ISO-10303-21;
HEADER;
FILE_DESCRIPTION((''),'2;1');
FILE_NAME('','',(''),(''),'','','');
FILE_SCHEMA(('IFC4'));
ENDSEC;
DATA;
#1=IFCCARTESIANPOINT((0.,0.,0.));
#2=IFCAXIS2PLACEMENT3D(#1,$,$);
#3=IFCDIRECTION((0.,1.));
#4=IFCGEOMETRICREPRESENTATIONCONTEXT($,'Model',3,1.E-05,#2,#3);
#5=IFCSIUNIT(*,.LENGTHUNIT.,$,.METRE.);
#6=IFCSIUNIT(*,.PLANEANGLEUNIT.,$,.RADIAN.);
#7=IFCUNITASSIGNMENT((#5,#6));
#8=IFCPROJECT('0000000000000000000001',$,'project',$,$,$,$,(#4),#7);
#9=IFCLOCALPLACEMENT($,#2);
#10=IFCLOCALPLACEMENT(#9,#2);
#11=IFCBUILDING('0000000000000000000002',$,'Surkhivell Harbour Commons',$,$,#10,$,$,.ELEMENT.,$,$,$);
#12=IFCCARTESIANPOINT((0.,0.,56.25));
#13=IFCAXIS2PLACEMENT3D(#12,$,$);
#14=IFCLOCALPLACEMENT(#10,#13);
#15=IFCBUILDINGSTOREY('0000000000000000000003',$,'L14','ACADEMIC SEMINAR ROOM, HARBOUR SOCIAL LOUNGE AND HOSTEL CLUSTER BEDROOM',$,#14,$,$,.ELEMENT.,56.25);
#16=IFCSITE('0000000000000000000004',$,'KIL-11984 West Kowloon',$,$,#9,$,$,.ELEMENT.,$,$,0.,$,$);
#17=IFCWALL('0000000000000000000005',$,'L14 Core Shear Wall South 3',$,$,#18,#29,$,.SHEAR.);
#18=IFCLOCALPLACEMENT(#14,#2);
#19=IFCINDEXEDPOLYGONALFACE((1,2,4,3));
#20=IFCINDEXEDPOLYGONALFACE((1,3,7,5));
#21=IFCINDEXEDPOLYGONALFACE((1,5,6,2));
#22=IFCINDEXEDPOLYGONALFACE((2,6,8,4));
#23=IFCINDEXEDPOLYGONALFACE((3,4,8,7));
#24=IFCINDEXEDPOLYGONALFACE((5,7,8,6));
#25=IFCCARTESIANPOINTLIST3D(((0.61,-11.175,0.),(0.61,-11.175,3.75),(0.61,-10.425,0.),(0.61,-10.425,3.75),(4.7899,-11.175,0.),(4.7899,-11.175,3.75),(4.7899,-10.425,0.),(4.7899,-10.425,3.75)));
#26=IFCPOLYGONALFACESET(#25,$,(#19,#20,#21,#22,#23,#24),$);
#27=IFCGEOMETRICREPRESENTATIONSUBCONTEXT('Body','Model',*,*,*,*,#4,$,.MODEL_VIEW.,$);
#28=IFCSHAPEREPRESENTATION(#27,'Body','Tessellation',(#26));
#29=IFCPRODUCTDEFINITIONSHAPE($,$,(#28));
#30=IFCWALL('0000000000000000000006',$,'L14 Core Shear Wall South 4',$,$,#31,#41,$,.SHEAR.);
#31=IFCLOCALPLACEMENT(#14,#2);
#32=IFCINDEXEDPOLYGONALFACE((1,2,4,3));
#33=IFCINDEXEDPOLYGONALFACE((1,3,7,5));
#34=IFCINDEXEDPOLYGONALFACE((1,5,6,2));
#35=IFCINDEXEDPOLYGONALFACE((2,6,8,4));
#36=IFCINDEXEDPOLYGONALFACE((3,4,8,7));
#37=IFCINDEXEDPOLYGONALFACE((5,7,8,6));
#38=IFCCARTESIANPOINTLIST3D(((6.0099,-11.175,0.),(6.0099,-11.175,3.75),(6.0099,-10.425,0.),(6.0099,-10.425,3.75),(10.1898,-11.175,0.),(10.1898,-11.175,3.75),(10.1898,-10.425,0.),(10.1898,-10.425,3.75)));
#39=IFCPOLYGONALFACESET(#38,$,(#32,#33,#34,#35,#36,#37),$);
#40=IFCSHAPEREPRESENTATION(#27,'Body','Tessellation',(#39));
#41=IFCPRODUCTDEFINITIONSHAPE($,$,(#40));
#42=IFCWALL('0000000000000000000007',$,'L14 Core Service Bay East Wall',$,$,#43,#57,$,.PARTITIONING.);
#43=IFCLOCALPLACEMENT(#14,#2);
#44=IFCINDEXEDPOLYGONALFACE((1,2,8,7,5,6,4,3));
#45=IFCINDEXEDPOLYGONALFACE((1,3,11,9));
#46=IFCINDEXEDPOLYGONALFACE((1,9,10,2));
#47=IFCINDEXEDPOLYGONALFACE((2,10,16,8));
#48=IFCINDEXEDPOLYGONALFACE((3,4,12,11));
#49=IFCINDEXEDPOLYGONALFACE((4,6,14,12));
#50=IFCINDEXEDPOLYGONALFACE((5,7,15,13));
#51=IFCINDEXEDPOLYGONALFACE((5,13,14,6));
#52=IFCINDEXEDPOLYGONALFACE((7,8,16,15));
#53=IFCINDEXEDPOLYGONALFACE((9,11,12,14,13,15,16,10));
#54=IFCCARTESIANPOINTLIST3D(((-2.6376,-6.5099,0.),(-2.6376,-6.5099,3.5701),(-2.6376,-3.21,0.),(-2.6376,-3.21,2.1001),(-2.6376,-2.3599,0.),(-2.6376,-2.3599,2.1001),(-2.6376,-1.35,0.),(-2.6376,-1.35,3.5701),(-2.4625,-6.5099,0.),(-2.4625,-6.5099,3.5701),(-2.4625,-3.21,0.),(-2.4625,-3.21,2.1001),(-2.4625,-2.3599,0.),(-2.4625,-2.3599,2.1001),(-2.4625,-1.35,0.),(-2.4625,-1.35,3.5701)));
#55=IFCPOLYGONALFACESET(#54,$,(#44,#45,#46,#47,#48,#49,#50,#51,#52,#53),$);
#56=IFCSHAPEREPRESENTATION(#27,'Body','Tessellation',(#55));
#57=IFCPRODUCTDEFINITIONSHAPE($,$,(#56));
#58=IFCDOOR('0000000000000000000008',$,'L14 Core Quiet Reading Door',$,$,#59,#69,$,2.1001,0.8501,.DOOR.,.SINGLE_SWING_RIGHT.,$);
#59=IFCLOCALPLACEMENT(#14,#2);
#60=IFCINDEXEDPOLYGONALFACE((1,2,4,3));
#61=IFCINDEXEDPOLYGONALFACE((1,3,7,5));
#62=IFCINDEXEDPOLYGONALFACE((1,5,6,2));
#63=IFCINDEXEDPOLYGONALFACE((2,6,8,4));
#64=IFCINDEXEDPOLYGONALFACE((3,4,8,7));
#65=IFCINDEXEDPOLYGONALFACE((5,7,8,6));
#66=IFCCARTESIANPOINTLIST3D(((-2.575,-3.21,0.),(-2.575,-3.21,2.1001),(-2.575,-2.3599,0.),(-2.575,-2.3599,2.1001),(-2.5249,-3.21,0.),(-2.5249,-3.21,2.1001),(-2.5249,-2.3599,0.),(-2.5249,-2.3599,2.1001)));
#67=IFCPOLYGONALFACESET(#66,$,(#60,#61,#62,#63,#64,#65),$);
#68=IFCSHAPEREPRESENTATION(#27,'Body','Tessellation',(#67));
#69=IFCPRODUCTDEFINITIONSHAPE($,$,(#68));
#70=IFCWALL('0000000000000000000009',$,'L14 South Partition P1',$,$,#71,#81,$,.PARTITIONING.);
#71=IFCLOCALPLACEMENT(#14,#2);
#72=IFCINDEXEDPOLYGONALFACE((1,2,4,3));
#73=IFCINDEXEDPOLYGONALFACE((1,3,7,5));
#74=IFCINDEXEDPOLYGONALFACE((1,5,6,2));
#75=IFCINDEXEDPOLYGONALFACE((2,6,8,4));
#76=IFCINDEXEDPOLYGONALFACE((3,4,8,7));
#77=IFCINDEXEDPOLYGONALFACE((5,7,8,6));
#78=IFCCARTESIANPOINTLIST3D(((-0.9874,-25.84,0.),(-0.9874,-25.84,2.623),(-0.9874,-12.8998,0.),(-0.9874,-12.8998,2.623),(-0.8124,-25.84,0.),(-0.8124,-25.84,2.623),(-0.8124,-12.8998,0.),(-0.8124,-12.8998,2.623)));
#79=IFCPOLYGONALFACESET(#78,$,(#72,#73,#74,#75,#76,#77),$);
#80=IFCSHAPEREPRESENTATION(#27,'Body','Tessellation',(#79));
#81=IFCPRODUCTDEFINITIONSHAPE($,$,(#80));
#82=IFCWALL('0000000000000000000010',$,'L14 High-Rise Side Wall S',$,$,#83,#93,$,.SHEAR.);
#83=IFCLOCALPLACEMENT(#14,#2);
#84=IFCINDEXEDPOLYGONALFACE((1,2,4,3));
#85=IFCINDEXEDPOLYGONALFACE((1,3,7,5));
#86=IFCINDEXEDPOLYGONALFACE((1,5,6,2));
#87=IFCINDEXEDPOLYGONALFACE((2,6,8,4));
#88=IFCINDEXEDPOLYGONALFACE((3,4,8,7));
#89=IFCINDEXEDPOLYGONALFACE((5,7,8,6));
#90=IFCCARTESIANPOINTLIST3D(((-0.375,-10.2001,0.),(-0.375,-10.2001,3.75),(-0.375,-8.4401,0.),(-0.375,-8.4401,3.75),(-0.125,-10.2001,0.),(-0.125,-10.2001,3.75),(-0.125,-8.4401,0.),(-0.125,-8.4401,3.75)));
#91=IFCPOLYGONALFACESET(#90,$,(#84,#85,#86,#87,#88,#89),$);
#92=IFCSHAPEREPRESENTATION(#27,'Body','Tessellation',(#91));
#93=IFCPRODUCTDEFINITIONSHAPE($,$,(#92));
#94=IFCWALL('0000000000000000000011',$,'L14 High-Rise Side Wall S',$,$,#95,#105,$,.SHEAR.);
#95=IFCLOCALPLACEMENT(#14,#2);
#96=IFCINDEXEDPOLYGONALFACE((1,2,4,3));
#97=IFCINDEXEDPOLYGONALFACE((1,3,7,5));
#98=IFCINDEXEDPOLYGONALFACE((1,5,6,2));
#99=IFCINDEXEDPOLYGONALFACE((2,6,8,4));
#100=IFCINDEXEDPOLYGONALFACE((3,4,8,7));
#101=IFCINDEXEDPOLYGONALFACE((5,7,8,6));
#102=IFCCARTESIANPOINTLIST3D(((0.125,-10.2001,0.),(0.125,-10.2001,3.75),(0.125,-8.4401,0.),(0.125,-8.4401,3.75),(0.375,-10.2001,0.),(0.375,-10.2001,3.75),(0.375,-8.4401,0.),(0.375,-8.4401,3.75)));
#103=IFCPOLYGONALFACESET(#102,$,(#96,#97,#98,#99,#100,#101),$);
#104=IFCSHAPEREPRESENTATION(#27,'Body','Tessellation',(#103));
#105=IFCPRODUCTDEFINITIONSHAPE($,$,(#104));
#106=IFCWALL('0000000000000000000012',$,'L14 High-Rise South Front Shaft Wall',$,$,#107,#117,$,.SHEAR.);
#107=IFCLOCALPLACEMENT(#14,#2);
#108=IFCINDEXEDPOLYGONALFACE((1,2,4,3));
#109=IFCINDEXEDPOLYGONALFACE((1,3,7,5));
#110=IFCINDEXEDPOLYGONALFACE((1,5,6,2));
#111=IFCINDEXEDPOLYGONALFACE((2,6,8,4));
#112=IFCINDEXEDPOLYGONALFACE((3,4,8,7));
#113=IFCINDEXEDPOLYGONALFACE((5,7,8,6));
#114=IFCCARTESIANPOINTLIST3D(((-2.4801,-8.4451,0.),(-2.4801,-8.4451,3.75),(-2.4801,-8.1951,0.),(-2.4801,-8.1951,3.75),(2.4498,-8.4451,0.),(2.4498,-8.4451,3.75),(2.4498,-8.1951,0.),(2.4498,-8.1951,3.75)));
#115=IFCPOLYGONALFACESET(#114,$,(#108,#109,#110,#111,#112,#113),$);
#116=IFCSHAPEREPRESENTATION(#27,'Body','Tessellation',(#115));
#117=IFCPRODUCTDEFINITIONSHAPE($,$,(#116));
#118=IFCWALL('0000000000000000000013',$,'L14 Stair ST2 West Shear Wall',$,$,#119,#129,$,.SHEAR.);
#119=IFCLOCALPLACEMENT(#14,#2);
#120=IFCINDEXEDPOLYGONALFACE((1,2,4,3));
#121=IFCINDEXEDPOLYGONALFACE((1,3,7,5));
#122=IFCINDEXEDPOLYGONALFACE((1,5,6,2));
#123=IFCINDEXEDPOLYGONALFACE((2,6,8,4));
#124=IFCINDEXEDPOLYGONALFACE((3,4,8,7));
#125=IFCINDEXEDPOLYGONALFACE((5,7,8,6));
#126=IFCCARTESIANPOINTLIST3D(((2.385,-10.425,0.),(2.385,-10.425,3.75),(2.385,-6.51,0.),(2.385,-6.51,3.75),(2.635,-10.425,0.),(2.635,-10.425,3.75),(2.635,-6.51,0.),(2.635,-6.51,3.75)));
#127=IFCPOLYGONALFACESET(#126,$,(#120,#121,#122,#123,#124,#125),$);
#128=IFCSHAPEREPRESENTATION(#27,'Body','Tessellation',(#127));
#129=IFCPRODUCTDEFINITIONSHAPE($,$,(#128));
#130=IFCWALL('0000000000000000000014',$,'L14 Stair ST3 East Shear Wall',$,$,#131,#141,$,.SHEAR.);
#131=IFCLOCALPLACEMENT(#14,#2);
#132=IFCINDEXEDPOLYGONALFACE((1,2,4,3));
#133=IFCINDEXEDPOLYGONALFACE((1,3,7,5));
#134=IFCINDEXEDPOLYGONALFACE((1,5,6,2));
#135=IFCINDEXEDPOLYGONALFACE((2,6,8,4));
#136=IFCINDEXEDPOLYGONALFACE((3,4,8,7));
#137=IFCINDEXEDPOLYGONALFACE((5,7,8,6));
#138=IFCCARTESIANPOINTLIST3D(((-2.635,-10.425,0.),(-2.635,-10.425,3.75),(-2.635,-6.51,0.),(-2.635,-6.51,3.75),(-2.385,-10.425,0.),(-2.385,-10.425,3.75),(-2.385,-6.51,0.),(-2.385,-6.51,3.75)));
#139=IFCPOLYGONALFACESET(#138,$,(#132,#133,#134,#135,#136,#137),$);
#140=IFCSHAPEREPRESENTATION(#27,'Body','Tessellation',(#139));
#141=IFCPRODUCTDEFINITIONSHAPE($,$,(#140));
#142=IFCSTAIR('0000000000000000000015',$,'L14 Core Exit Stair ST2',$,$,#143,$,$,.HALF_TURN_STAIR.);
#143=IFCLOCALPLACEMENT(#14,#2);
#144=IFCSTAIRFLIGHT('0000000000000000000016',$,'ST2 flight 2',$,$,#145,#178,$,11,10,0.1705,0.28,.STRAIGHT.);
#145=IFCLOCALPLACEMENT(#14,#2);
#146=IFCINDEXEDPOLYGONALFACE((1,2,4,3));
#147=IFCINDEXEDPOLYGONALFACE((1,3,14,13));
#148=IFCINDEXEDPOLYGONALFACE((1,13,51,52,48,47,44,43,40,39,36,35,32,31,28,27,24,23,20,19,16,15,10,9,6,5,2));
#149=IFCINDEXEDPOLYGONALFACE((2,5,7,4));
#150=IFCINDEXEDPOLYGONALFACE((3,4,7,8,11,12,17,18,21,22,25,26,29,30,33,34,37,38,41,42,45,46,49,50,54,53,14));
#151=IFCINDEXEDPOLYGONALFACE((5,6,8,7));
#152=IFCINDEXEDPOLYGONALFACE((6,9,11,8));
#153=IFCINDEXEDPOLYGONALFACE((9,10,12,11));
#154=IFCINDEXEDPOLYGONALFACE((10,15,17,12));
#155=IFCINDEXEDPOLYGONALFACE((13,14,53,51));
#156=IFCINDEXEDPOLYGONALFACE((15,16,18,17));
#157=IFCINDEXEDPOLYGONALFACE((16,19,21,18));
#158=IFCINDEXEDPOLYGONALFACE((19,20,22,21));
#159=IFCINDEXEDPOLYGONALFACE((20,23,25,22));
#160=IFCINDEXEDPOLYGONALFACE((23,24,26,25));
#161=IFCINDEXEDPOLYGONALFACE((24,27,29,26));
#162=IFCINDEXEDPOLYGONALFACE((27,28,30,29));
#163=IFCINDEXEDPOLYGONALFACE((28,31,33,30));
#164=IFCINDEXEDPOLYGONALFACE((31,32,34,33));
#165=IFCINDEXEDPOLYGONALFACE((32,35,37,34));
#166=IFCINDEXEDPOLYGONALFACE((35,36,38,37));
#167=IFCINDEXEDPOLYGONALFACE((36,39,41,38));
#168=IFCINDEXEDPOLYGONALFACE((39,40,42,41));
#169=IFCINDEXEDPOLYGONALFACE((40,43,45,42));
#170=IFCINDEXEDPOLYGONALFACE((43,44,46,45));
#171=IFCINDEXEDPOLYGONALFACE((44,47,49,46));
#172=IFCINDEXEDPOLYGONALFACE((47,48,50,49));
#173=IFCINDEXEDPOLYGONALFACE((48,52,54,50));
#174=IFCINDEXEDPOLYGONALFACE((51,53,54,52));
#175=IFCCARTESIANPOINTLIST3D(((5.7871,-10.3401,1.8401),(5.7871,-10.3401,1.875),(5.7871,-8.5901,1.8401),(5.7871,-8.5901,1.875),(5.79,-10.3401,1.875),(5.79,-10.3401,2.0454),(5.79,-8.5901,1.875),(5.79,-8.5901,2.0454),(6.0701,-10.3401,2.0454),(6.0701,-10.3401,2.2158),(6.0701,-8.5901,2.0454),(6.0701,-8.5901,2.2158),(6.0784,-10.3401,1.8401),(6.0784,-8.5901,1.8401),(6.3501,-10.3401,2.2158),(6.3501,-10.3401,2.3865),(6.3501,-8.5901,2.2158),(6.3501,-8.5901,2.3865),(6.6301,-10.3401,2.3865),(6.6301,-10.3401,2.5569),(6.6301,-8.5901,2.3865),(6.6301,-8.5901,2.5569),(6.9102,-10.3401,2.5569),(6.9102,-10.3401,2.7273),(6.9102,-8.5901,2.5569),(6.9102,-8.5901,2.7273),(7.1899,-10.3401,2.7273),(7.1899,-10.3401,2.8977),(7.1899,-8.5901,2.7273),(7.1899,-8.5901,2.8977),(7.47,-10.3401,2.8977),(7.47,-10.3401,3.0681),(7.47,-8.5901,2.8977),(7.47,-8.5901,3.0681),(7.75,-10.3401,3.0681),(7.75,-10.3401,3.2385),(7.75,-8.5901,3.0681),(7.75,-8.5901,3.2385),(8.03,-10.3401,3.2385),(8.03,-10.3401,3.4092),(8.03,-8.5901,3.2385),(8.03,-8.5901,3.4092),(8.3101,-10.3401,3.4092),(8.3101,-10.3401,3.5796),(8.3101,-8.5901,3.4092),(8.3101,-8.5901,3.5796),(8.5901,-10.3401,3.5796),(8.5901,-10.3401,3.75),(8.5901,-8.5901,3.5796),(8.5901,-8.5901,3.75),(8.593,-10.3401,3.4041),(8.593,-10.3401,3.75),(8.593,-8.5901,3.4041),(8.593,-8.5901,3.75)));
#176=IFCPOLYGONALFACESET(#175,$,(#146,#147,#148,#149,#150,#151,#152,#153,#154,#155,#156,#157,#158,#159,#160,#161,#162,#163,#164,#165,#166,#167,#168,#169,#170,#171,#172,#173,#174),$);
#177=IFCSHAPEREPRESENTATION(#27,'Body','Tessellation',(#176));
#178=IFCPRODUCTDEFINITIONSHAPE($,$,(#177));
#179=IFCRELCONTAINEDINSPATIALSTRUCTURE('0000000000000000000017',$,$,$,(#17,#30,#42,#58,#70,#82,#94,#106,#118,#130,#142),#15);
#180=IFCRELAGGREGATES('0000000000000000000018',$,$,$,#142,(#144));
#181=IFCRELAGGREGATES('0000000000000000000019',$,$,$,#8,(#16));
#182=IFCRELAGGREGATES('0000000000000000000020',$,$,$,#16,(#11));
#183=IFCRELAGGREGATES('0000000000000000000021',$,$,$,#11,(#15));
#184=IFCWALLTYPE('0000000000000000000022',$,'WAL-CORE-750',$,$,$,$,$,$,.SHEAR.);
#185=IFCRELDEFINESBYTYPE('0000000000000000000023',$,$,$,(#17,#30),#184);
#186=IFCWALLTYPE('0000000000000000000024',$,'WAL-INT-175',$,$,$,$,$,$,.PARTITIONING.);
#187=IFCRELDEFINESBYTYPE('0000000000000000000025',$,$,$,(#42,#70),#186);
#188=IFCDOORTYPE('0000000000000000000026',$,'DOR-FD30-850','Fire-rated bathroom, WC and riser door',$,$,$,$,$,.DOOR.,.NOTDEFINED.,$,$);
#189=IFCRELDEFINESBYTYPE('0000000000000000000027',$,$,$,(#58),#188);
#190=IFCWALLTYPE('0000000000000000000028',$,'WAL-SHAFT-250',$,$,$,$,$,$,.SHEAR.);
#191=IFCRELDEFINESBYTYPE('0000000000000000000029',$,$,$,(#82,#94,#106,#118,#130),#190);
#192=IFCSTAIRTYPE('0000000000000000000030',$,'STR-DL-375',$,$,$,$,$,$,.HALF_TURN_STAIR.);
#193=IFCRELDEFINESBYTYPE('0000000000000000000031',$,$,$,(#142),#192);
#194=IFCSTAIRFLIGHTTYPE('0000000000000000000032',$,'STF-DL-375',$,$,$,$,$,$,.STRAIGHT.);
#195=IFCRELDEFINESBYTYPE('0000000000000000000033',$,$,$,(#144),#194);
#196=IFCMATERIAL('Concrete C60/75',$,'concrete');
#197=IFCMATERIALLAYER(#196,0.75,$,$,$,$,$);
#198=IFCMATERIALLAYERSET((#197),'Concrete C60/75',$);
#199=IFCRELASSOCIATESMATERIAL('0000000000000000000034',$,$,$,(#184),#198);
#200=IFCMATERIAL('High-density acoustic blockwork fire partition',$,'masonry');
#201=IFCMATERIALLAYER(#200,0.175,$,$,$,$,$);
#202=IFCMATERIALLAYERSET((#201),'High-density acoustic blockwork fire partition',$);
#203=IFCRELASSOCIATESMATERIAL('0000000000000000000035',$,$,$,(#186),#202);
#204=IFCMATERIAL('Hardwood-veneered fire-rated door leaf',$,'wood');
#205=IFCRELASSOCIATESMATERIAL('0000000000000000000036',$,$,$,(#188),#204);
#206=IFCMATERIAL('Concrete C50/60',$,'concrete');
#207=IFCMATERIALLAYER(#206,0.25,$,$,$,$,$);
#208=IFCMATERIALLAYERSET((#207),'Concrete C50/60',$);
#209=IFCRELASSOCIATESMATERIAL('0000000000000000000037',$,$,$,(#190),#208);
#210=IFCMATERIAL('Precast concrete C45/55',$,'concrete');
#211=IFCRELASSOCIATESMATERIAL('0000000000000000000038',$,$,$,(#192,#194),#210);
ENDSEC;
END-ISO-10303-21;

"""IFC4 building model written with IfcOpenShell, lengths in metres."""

from ifc_helpers import new_model, si_unit, direction, frame, frame_2d, origin, place, context, subcontext, project, spatial, polyline, rectangle, outline, extrude, material, layer, layer_set, type_object, element, fill, aggregate, save


model = new_model("IFC4")

# Units and contexts
model_context = context("Model", 3, precision=1e-05, world=origin(), true_north=direction((0.0, 1.0)))
body_context = subcontext(model_context, "Body", "Model", "MODEL_VIEW")
ifc_project = project(units=[si_unit("LENGTHUNIT", "METRE"), si_unit("PLANEANGLEUNIT", "RADIAN")], contexts=[model_context])

# Site, building, storey
site_placement = place(None, origin())
site = spatial("IfcSite", under=ifc_project, at=site_placement, Name="KIL-11984 West Kowloon", CompositionType="ELEMENT", RefElevation=0.0)
building_placement = place(site_placement, origin())
building = spatial("IfcBuilding", under=site, at=building_placement, Name="Surkhivell Harbour Commons", CompositionType="ELEMENT")
storey_placement = place(building_placement, frame((0.0, 0.0, 56.25)))
storey = spatial("IfcBuildingStorey", under=building, at=storey_placement, Name="L14", Description="ACADEMIC SEMINAR ROOM, HARBOUR SOCIAL LOUNGE AND HOSTEL CLUSTER BEDROOM", CompositionType="ELEMENT", Elevation=56.25)

# Walls
ifc_material_1 = material(Name="Concrete C60/75", Category="concrete")
ifc_layer_1 = layer(ifc_material_1, 0.75)
ifc_layer_set_1 = layer_set([ifc_layer_1], Name="Concrete C60/75")
wall_type_1 = type_object("IfcWallType", Name="WAL-CORE-750", PredefinedType="SHEAR", material=ifc_layer_set_1)
for number, where, z_axis, x_axis, name in (
    (1, (0.6101, -10.8, 0.0), (0.0, 0.0, 1.0), (1.0, 0.0, 0.0), "L14 Core Shear Wall South 3"),
    (2, (6.01, -10.8, 0.0), (0.0, 0.0, 1.0), (1.0, 0.0, 0.0), "L14 Core Shear Wall South 4"),
):
    element("IfcWall", number, at=place(storey_placement, frame(where, z_axis=z_axis, x_axis=x_axis)), inside=storey, type_object=wall_type_1, Name=name, PredefinedType="SHEAR", context=body_context, shape_type="SweptSolid", body=[
        extrude(rectangle(XDim=4.1799, YDim=0.75, at=frame_2d((2.0898, 0.0))), origin(), (0.0, 0.0, 1.0), 3.75),
    ])

# Wall, opening, door
ifc_material_2 = material(Name="High-density acoustic blockwork fire partition", Category="masonry")
ifc_layer_2 = layer(ifc_material_2, 0.175)
ifc_layer_set_2 = layer_set([ifc_layer_2], Name="High-density acoustic blockwork fire partition")
wall_type_2 = type_object("IfcWallType", Name="WAL-INT-175", PredefinedType="PARTITIONING", material=ifc_layer_set_2)
wall_1_placement = place(storey_placement, frame((-2.55, -6.51, 0.0), z_axis=(0.0, 0.0, 1.0), x_axis=(0.0, 1.0, 0.0)))
wall_1 = element("IfcWall", 3, at=wall_1_placement, inside=storey, type_object=wall_type_2, Name="L14 Core Service Bay East Wall", PredefinedType="PARTITIONING", context=body_context, shape_type="SweptSolid", body=[
    extrude(rectangle(XDim=5.1599, YDim=0.175, at=frame_2d((2.5801, 0.0))), origin(), (0.0, 0.0, 1.0), 3.5701),
])
opening_placement = place(wall_1_placement, frame((3.3, 0.0, 0.0)))
opening = element("IfcOpeningElement", 4, at=opening_placement, cuts=wall_1, PredefinedType="OPENING", context=body_context, shape_type="SweptSolid", body=[
    extrude(rectangle(XDim=0.8501, YDim=2.1001, at=frame_2d((0.425, 1.05))), frame((0.0, 0.0974, 0.0), z_axis=(0.0, -1.0, 0.0), x_axis=(1.0, 0.0, 0.0)), (0.0, 0.0, 1.0), 0.1951),
])
ifc_material_3 = material(Name="Hardwood-veneered fire-rated door leaf", Category="wood")
door_type = type_object("IfcDoorType", Name="DOR-FD30-850", Description="Fire-rated bathroom, WC and riser door", OperationType="NOTDEFINED", PredefinedType="DOOR", material=ifc_material_3)
door_placement = place(opening_placement, origin())
door = element("IfcDoor", 5, at=door_placement, inside=storey, type_object=door_type, Name="L14 Core Quiet Reading Door", OperationType="SINGLE_SWING_RIGHT", OverallHeight=2.1001, OverallWidth=0.8501, PredefinedType="DOOR", context=body_context, shape_type="SweptSolid", body=[
    extrude(rectangle(XDim=0.8501, YDim=2.1001, at=frame_2d((0.425, 1.05))), frame((0.0, 0.0249, 0.0), z_axis=(0.0, -1.0, 0.0), x_axis=(1.0, 0.0, 0.0)), (0.0, 0.0, 1.0), 0.05),
])
fill(opening, door)

# Walls
wall_2_placement = place(storey_placement, frame((-0.8999, -25.8401, 0.0), z_axis=(0.0, 0.0, 1.0), x_axis=(0.0, 1.0, 0.0)))
element("IfcWall", 6, at=wall_2_placement, inside=storey, type_object=wall_type_2, Name="L14 South Partition P1", PredefinedType="PARTITIONING", context=body_context, shape_type="SweptSolid", body=[
    extrude(rectangle(XDim=12.9402, YDim=0.175, at=frame_2d((6.4702, 0.0))), origin(), (0.0, 0.0, 1.0), 2.623),
])
ifc_material_4 = material(Name="Concrete C50/60", Category="concrete")
ifc_layer_3 = layer(ifc_material_4, 0.25)
ifc_layer_set_3 = layer_set([ifc_layer_3], Name="Concrete C50/60")
wall_type_3 = type_object("IfcWallType", Name="WAL-SHAFT-250", PredefinedType="SHEAR", material=ifc_layer_set_3)
for number, where, z_axis, x_axis, name in (
    (7, (-0.25, -10.2, 0.0), (0.0, 0.0, 1.0), (0.0, 1.0, 0.0), "L14 High-Rise Side Wall S"),
    (8, (0.25, -10.2, 0.0), (0.0, 0.0, 1.0), (0.0, 1.0, 0.0), "L14 High-Rise Side Wall S"),
):
    element("IfcWall", number, at=place(storey_placement, frame(where, z_axis=z_axis, x_axis=x_axis)), inside=storey, type_object=wall_type_3, Name=name, PredefinedType="SHEAR", context=body_context, shape_type="SweptSolid", body=[
        extrude(rectangle(XDim=1.76, YDim=0.25, at=frame_2d((0.8799, 0.0))), origin(), (0.0, 0.0, 1.0), 3.75),
    ])
wall_3_placement = place(storey_placement, frame((-2.48, -8.3201, 0.0), z_axis=(0.0, 0.0, 1.0), x_axis=(1.0, 0.0, 0.0)))
element("IfcWall", 9, at=wall_3_placement, inside=storey, type_object=wall_type_3, Name="L14 High-Rise South Front Shaft Wall", PredefinedType="SHEAR", context=body_context, shape_type="SweptSolid", body=[
    extrude(rectangle(XDim=4.9299, YDim=0.25, at=frame_2d((2.4648, 0.0))), origin(), (0.0, 0.0, 1.0), 3.75),
])
for number, where, z_axis, x_axis, name in (
    (10, (2.51, -10.425, 0.0), (0.0, 0.0, 1.0), (0.0, 1.0, 0.0), "L14 Stair ST2 West Shear Wall"),
    (11, (-2.51, -10.425, 0.0), (0.0, 0.0, 1.0), (0.0, 1.0, 0.0), "L14 Stair ST3 East Shear Wall"),
):
    element("IfcWall", number, at=place(storey_placement, frame(where, z_axis=z_axis, x_axis=x_axis)), inside=storey, type_object=wall_type_3, Name=name, PredefinedType="SHEAR", context=body_context, shape_type="SweptSolid", body=[
        extrude(rectangle(XDim=3.915, YDim=0.25, at=frame_2d((1.9575, 0.0))), origin(), (0.0, 0.0, 1.0), 3.75),
    ])

# Stair, stair flight
ifc_material_5 = material(Name="Precast concrete C45/55", Category="concrete")
stair_type = type_object("IfcStairType", Name="STR-DL-375", PredefinedType="HALF_TURN_STAIR", material=ifc_material_5)
stair_placement = place(storey_placement, origin())
stair = element("IfcStair", 12, at=stair_placement, inside=storey, type_object=stair_type, Name="L14 Core Exit Stair ST2", PredefinedType="HALF_TURN_STAIR")
stair_flight_type = type_object("IfcStairFlightType", Name="STF-DL-375", PredefinedType="STRAIGHT", material=ifc_material_5)
stair_flight_placement = place(storey_placement, frame((5.79, -9.4651, 1.875), z_axis=(0.0, 0.0, 1.0), x_axis=(1.0, 0.0, 0.0)))
stair_flight = element("IfcStairFlight", 13, at=stair_flight_placement, type_object=stair_flight_type, Name="ST2 flight 2", NumberOfRisers=11, NumberOfTreads=10, PredefinedType="STRAIGHT", RiserHeight=0.1705, TreadLength=0.28, context=body_context, shape_type="SweptSolid", body=[
    extrude(outline(polyline([(-0.0029, -0.0349), (-0.0029, 0.0), (0.0, 0.0), (0.0, 0.1704), (0.28, 0.1704), (0.28, 0.3408), (0.5601, 0.3408), (0.5601, 0.5115), (0.8401, 0.5115), (0.8401, 0.6819), (1.1201, 0.6819), (1.1201, 0.8523), (1.3999, 0.8523), (1.3999, 1.0227), (1.6799, 1.0227), (1.6799, 1.1931), (1.96, 1.1931), (1.96, 1.3635), (2.24, 1.3635), (2.24, 1.5342), (2.52, 1.5342), (2.52, 1.7046), (2.8, 1.7046), (2.8, 1.875), (2.803, 1.875), (2.803, 1.5291), (0.2883, -0.0349), (-0.0029, -0.0349)])), frame((0.0, 0.875, 0.0), z_axis=(0.0, -1.0, 0.0), x_axis=(1.0, 0.0, 0.0)), (0.0, 0.0, 1.0), 1.75),
])
aggregate(stair, [stair_flight])

save(model, "model.ifc")
